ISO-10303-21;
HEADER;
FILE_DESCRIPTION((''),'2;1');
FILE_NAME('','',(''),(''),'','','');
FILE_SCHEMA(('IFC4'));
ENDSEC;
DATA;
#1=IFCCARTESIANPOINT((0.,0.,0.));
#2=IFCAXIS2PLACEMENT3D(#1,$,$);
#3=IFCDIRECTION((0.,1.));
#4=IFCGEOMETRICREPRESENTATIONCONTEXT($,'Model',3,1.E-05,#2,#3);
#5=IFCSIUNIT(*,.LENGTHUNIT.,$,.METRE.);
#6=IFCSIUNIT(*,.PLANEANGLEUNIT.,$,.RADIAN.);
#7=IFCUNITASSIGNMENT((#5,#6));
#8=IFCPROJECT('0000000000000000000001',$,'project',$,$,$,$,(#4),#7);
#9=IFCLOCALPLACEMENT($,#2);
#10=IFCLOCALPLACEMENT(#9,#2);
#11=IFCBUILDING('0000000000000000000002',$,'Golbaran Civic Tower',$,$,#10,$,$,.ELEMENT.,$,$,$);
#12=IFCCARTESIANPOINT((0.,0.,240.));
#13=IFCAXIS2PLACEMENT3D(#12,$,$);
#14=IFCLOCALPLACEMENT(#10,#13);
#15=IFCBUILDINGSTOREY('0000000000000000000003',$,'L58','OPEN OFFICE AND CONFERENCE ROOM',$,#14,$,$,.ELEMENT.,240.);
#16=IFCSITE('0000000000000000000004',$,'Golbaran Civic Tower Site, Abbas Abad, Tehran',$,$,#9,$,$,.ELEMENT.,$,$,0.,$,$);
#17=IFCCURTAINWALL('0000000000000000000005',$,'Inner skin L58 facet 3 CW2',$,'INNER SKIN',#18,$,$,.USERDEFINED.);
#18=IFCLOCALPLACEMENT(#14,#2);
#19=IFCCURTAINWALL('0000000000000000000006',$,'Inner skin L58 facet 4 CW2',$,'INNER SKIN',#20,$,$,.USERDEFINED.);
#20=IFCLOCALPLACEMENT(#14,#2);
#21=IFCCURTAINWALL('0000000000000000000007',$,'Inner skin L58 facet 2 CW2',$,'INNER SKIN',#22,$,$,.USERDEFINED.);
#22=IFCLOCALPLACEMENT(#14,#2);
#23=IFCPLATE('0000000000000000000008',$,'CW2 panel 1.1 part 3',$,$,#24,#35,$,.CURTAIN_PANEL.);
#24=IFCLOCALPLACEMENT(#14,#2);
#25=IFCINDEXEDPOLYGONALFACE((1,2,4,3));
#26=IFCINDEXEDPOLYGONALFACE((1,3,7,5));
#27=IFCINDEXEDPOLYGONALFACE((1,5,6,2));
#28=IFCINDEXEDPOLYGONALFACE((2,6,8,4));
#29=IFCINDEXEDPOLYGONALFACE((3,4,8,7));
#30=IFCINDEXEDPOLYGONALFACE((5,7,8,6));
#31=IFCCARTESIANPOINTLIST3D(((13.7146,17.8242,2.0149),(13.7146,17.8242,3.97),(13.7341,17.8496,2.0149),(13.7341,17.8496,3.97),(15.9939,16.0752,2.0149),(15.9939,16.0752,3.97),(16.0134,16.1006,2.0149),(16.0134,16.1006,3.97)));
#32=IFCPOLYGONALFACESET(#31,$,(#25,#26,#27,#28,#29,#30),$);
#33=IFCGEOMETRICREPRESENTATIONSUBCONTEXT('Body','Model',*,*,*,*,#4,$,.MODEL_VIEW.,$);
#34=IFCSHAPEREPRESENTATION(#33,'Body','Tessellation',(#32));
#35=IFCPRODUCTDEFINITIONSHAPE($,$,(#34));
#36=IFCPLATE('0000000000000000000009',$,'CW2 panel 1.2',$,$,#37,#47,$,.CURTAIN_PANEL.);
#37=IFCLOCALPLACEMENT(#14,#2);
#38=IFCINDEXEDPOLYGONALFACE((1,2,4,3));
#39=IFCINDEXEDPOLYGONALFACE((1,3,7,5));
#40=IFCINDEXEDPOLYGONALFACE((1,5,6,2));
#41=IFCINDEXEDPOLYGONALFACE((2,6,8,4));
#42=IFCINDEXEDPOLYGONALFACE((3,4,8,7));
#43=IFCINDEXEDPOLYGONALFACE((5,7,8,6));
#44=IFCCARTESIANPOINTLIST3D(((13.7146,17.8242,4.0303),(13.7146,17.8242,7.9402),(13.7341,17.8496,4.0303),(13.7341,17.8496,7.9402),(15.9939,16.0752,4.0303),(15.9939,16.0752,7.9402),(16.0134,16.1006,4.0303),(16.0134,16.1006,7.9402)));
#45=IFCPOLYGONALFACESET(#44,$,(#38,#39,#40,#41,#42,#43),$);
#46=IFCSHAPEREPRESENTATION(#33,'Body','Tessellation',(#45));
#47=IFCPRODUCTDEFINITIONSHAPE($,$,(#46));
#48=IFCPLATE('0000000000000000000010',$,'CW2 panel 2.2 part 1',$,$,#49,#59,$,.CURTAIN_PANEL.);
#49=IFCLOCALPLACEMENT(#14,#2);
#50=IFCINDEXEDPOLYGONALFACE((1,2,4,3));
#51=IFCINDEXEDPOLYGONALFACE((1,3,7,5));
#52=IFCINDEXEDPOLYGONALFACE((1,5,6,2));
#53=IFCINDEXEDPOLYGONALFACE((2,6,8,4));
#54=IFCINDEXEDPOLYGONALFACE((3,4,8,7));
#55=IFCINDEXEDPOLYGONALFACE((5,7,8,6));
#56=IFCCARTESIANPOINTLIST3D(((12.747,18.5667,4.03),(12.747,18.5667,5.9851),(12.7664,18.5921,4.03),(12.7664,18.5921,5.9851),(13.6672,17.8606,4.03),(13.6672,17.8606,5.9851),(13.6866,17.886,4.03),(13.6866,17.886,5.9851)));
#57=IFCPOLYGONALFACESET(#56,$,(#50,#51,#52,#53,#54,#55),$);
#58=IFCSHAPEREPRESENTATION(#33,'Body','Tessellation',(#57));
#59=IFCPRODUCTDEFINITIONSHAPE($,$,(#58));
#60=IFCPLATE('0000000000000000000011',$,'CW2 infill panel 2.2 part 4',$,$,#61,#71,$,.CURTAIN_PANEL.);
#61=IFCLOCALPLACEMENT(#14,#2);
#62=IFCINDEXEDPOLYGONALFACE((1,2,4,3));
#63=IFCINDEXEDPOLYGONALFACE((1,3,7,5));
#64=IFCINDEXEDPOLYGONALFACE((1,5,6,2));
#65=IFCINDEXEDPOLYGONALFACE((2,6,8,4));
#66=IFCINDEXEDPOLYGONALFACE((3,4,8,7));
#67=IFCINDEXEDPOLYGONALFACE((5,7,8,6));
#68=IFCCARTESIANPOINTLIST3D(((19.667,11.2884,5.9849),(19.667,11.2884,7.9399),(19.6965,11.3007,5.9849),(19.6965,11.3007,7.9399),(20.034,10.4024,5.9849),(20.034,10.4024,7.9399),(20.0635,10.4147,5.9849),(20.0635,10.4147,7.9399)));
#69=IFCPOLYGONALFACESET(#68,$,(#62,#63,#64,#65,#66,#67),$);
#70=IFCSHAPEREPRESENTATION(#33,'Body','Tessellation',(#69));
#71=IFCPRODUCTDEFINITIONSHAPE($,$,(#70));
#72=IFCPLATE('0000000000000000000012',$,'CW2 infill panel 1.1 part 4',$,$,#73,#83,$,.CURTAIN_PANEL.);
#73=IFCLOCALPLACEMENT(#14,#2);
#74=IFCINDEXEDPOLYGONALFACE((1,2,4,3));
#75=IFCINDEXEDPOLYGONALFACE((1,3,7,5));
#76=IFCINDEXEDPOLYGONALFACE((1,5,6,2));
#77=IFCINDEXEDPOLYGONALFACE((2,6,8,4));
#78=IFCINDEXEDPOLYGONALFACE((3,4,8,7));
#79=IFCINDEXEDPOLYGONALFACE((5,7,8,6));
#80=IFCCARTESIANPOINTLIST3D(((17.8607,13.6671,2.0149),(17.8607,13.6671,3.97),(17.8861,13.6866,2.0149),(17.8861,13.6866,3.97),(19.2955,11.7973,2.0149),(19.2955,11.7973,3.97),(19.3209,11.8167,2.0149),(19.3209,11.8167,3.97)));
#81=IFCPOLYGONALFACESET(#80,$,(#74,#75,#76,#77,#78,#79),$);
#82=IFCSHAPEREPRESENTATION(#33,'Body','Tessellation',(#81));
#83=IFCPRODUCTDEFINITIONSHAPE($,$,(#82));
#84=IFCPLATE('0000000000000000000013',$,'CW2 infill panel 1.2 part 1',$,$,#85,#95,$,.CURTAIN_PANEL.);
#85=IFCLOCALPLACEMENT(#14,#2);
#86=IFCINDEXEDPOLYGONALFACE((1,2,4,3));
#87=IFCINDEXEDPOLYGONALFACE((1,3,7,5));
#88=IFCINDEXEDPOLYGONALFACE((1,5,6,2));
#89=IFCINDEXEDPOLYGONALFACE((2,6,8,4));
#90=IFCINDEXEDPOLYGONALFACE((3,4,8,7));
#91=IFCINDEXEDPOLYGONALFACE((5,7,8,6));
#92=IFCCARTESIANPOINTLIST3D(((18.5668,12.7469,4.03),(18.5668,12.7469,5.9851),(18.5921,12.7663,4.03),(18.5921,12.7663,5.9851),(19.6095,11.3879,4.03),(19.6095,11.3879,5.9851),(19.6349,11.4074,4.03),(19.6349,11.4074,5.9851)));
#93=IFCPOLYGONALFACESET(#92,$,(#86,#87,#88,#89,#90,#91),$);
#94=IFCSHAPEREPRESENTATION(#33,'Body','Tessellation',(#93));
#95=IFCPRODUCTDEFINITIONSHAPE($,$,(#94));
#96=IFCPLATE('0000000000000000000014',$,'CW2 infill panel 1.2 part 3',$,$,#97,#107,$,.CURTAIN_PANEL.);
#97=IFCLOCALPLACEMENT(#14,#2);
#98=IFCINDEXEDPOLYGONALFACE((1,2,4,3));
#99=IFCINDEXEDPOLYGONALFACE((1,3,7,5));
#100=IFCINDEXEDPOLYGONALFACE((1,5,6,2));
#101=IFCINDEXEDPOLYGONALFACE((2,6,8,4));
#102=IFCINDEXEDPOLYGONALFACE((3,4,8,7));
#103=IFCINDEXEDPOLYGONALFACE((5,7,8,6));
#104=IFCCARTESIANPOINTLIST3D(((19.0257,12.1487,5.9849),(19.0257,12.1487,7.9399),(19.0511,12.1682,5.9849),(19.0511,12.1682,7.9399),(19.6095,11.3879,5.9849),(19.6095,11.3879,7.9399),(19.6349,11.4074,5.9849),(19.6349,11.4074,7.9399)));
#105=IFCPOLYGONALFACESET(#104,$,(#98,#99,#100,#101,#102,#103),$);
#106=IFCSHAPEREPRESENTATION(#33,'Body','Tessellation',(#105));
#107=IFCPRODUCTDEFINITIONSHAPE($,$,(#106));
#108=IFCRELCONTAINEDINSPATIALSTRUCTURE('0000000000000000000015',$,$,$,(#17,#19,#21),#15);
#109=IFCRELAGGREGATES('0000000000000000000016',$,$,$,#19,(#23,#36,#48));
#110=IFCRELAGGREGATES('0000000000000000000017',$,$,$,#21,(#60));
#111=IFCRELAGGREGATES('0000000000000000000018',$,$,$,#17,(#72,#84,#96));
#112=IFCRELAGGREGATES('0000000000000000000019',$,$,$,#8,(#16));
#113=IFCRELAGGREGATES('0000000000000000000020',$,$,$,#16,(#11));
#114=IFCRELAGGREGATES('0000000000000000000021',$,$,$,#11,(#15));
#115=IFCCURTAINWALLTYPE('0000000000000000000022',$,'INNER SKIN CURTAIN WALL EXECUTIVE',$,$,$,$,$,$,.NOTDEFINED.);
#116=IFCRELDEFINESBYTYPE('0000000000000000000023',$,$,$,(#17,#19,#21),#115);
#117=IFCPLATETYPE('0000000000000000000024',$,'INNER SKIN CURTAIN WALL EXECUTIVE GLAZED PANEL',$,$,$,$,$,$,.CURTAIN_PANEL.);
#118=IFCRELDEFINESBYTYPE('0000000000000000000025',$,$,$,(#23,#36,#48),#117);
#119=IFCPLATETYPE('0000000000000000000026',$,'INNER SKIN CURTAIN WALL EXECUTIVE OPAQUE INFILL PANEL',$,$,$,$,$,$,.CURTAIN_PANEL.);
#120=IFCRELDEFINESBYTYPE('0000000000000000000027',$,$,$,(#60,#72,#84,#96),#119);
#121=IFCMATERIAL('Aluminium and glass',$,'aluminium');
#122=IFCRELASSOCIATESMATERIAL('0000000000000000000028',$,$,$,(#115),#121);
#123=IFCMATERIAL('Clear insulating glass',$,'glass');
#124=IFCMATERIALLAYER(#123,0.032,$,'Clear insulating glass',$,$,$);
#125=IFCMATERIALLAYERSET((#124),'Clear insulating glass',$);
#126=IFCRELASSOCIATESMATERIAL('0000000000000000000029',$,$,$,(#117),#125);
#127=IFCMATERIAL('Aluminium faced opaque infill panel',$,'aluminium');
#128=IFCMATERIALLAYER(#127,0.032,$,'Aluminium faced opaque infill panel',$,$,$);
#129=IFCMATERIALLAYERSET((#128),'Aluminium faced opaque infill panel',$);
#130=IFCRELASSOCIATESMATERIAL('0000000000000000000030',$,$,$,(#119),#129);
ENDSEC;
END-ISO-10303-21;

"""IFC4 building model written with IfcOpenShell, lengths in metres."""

from ifc_helpers import new_model, si_unit, direction, frame, origin, origin_2d, place, context, subcontext, project, spatial, rectangle, extrude, material, layer, layer_set, type_object, element, aggregate, save


model = new_model("IFC4")

# Units and contexts
model_context = context("Model", 3, precision=1e-05, world=origin(), true_north=direction((0.0, 1.0)))
body_context = subcontext(model_context, "Body", "Model", "MODEL_VIEW")
ifc_project = project(units=[si_unit("LENGTHUNIT", "METRE"), si_unit("PLANEANGLEUNIT", "RADIAN")], contexts=[model_context])

# Site, building, storey
site_placement = place(None, origin())
site = spatial("IfcSite", under=ifc_project, at=site_placement, Name="Golbaran Civic Tower Site, Abbas Abad, Tehran", CompositionType="ELEMENT", RefElevation=0.0)
building_placement = place(site_placement, origin())
building = spatial("IfcBuilding", under=site, at=building_placement, Name="Golbaran Civic Tower", CompositionType="ELEMENT")
storey_placement = place(building_placement, frame((0.0, 0.0, 240.0)))
storey = spatial("IfcBuildingStorey", under=building, at=storey_placement, Name="L58", Description="OPEN OFFICE AND CONFERENCE ROOM", CompositionType="ELEMENT", Elevation=240.0)

# Curtain walls
ifc_material_1 = material(Name="Aluminium and glass", Category="aluminium")
curtain_wall_type = type_object("IfcCurtainWallType", Name="INNER SKIN CURTAIN WALL EXECUTIVE", PredefinedType="NOTDEFINED", material=ifc_material_1)
curtain_wall_1_placement = place(storey_placement, origin())
curtain_wall_1 = element("IfcCurtainWall", 1, at=curtain_wall_1_placement, inside=storey, type_object=curtain_wall_type, Name="Inner skin L58 facet 3 CW2", ObjectType="INNER SKIN", PredefinedType="USERDEFINED")
curtain_wall_2_placement = place(storey_placement, origin())
curtain_wall_2 = element("IfcCurtainWall", 2, at=curtain_wall_2_placement, inside=storey, type_object=curtain_wall_type, Name="Inner skin L58 facet 4 CW2", ObjectType="INNER SKIN", PredefinedType="USERDEFINED")

# Curtain wall
curtain_wall_3_placement = place(storey_placement, origin())
curtain_wall_3 = element("IfcCurtainWall", 3, at=curtain_wall_3_placement, inside=storey, type_object=curtain_wall_type, Name="Inner skin L58 facet 2 CW2", ObjectType="INNER SKIN", PredefinedType="USERDEFINED")
ifc_material_2 = material(Name="Clear insulating glass", Category="glass")
ifc_layer_1 = layer(ifc_material_2, 0.032, Name="Clear insulating glass")
ifc_layer_set_1 = layer_set([ifc_layer_1], Name="Clear insulating glass")
plate_type_1 = type_object("IfcPlateType", Name="INNER SKIN CURTAIN WALL EXECUTIVE GLAZED PANEL", PredefinedType="CURTAIN_PANEL", material=ifc_layer_set_1)

# Plates
plate_1_placement = place(storey_placement, frame((14.864, 16.9624, 2.0149), z_axis=(0.0, 0.0, 1.0), x_axis=(-0.793353, 0.608761, 0.0)))
plate_1 = element("IfcPlate", 4, at=plate_1_placement, type_object=plate_type_1, Name="CW2 panel 1.1 part 3", PredefinedType="CURTAIN_PANEL", context=body_context, shape_type="SweptSolid", body=[
    extrude(rectangle(XDim=2.873, YDim=0.032, at=origin_2d()), origin(), (0.0, 0.0, 1.0), 1.9551),
])
plate_2_placement = place(storey_placement, frame((14.864, 16.9624, 4.0303), z_axis=(0.0, 0.0, 1.0), x_axis=(-0.793353, 0.608761, 0.0)))
plate_2 = element("IfcPlate", 5, at=plate_2_placement, type_object=plate_type_1, Name="CW2 panel 1.2", PredefinedType="CURTAIN_PANEL", context=body_context, shape_type="SweptSolid", body=[
    extrude(rectangle(XDim=2.873, YDim=0.032, at=origin_2d()), origin(), (0.0, 0.0, 1.0), 3.9099),
])
plate_3_placement = place(storey_placement, frame((13.2168, 18.2263, 4.03), z_axis=(0.0, 0.0, 1.0), x_axis=(-0.793353, 0.608761, 0.0)))
plate_3 = element("IfcPlate", 6, at=plate_3_placement, type_object=plate_type_1, Name="CW2 panel 2.2 part 1", PredefinedType="CURTAIN_PANEL", context=body_context, shape_type="SweptSolid", body=[
    extrude(rectangle(XDim=1.1599, YDim=0.032, at=origin_2d()), origin(), (0.0, 0.0, 1.0), 1.9551),
])
aggregate(curtain_wall_2, [plate_1, plate_2, plate_3])
ifc_material_3 = material(Name="Aluminium faced opaque infill panel", Category="aluminium")
ifc_layer_2 = layer(ifc_material_3, 0.032, Name="Aluminium faced opaque infill panel")
ifc_layer_set_2 = layer_set([ifc_layer_2], Name="Aluminium faced opaque infill panel")
plate_type_2 = type_object("IfcPlateType", Name="INNER SKIN CURTAIN WALL EXECUTIVE OPAQUE INFILL PANEL", PredefinedType="CURTAIN_PANEL", material=ifc_layer_set_2)
plate_4_placement = place(storey_placement, frame((19.8652, 10.8516, 5.9849), z_axis=(0.0, 0.0, 1.0), x_axis=(-0.382683, 0.92388, 0.0)))
plate_4 = element("IfcPlate", 7, at=plate_4_placement, type_object=plate_type_2, Name="CW2 infill panel 2.2 part 4", PredefinedType="CURTAIN_PANEL", context=body_context, shape_type="SweptSolid", body=[
    extrude(rectangle(XDim=0.959, YDim=0.032, at=origin_2d()), origin(), (0.0, 0.0, 1.0), 1.9551),
])
aggregate(curtain_wall_3, [plate_4])
plate_5_placement = place(storey_placement, frame((18.5908, 12.7419, 2.0149), z_axis=(0.0, 0.0, 1.0), x_axis=(-0.608761, 0.793353, 0.0)))
plate_5 = element("IfcPlate", 8, at=plate_5_placement, type_object=plate_type_2, Name="CW2 infill panel 1.1 part 4", PredefinedType="CURTAIN_PANEL", context=body_context, shape_type="SweptSolid", body=[
    extrude(rectangle(XDim=2.3569, YDim=0.032, at=origin_2d()), origin(), (0.0, 0.0, 1.0), 1.9551),
])
plate_6_placement = place(storey_placement, frame((19.1008, 12.0771, 4.03), z_axis=(0.0, 0.0, 1.0), x_axis=(-0.608761, 0.793353, 0.0)))
plate_6 = element("IfcPlate", 9, at=plate_6_placement, type_object=plate_type_2, Name="CW2 infill panel 1.2 part 1", PredefinedType="CURTAIN_PANEL", context=body_context, shape_type="SweptSolid", body=[
    extrude(rectangle(XDim=1.7129, YDim=0.032, at=origin_2d()), origin(), (0.0, 0.0, 1.0), 1.9551),
])
plate_7_placement = place(storey_placement, frame((19.3303, 11.7781, 5.9849), z_axis=(0.0, 0.0, 1.0), x_axis=(-0.608761, 0.793353, 0.0)))
plate_7 = element("IfcPlate", 10, at=plate_7_placement, type_object=plate_type_2, Name="CW2 infill panel 1.2 part 3", PredefinedType="CURTAIN_PANEL", context=body_context, shape_type="SweptSolid", body=[
    extrude(rectangle(XDim=0.959, YDim=0.032, at=origin_2d()), origin(), (0.0, 0.0, 1.0), 1.9551),
])
aggregate(curtain_wall_1, [plate_5, plate_6, plate_7])

save(model, "model.ifc")
